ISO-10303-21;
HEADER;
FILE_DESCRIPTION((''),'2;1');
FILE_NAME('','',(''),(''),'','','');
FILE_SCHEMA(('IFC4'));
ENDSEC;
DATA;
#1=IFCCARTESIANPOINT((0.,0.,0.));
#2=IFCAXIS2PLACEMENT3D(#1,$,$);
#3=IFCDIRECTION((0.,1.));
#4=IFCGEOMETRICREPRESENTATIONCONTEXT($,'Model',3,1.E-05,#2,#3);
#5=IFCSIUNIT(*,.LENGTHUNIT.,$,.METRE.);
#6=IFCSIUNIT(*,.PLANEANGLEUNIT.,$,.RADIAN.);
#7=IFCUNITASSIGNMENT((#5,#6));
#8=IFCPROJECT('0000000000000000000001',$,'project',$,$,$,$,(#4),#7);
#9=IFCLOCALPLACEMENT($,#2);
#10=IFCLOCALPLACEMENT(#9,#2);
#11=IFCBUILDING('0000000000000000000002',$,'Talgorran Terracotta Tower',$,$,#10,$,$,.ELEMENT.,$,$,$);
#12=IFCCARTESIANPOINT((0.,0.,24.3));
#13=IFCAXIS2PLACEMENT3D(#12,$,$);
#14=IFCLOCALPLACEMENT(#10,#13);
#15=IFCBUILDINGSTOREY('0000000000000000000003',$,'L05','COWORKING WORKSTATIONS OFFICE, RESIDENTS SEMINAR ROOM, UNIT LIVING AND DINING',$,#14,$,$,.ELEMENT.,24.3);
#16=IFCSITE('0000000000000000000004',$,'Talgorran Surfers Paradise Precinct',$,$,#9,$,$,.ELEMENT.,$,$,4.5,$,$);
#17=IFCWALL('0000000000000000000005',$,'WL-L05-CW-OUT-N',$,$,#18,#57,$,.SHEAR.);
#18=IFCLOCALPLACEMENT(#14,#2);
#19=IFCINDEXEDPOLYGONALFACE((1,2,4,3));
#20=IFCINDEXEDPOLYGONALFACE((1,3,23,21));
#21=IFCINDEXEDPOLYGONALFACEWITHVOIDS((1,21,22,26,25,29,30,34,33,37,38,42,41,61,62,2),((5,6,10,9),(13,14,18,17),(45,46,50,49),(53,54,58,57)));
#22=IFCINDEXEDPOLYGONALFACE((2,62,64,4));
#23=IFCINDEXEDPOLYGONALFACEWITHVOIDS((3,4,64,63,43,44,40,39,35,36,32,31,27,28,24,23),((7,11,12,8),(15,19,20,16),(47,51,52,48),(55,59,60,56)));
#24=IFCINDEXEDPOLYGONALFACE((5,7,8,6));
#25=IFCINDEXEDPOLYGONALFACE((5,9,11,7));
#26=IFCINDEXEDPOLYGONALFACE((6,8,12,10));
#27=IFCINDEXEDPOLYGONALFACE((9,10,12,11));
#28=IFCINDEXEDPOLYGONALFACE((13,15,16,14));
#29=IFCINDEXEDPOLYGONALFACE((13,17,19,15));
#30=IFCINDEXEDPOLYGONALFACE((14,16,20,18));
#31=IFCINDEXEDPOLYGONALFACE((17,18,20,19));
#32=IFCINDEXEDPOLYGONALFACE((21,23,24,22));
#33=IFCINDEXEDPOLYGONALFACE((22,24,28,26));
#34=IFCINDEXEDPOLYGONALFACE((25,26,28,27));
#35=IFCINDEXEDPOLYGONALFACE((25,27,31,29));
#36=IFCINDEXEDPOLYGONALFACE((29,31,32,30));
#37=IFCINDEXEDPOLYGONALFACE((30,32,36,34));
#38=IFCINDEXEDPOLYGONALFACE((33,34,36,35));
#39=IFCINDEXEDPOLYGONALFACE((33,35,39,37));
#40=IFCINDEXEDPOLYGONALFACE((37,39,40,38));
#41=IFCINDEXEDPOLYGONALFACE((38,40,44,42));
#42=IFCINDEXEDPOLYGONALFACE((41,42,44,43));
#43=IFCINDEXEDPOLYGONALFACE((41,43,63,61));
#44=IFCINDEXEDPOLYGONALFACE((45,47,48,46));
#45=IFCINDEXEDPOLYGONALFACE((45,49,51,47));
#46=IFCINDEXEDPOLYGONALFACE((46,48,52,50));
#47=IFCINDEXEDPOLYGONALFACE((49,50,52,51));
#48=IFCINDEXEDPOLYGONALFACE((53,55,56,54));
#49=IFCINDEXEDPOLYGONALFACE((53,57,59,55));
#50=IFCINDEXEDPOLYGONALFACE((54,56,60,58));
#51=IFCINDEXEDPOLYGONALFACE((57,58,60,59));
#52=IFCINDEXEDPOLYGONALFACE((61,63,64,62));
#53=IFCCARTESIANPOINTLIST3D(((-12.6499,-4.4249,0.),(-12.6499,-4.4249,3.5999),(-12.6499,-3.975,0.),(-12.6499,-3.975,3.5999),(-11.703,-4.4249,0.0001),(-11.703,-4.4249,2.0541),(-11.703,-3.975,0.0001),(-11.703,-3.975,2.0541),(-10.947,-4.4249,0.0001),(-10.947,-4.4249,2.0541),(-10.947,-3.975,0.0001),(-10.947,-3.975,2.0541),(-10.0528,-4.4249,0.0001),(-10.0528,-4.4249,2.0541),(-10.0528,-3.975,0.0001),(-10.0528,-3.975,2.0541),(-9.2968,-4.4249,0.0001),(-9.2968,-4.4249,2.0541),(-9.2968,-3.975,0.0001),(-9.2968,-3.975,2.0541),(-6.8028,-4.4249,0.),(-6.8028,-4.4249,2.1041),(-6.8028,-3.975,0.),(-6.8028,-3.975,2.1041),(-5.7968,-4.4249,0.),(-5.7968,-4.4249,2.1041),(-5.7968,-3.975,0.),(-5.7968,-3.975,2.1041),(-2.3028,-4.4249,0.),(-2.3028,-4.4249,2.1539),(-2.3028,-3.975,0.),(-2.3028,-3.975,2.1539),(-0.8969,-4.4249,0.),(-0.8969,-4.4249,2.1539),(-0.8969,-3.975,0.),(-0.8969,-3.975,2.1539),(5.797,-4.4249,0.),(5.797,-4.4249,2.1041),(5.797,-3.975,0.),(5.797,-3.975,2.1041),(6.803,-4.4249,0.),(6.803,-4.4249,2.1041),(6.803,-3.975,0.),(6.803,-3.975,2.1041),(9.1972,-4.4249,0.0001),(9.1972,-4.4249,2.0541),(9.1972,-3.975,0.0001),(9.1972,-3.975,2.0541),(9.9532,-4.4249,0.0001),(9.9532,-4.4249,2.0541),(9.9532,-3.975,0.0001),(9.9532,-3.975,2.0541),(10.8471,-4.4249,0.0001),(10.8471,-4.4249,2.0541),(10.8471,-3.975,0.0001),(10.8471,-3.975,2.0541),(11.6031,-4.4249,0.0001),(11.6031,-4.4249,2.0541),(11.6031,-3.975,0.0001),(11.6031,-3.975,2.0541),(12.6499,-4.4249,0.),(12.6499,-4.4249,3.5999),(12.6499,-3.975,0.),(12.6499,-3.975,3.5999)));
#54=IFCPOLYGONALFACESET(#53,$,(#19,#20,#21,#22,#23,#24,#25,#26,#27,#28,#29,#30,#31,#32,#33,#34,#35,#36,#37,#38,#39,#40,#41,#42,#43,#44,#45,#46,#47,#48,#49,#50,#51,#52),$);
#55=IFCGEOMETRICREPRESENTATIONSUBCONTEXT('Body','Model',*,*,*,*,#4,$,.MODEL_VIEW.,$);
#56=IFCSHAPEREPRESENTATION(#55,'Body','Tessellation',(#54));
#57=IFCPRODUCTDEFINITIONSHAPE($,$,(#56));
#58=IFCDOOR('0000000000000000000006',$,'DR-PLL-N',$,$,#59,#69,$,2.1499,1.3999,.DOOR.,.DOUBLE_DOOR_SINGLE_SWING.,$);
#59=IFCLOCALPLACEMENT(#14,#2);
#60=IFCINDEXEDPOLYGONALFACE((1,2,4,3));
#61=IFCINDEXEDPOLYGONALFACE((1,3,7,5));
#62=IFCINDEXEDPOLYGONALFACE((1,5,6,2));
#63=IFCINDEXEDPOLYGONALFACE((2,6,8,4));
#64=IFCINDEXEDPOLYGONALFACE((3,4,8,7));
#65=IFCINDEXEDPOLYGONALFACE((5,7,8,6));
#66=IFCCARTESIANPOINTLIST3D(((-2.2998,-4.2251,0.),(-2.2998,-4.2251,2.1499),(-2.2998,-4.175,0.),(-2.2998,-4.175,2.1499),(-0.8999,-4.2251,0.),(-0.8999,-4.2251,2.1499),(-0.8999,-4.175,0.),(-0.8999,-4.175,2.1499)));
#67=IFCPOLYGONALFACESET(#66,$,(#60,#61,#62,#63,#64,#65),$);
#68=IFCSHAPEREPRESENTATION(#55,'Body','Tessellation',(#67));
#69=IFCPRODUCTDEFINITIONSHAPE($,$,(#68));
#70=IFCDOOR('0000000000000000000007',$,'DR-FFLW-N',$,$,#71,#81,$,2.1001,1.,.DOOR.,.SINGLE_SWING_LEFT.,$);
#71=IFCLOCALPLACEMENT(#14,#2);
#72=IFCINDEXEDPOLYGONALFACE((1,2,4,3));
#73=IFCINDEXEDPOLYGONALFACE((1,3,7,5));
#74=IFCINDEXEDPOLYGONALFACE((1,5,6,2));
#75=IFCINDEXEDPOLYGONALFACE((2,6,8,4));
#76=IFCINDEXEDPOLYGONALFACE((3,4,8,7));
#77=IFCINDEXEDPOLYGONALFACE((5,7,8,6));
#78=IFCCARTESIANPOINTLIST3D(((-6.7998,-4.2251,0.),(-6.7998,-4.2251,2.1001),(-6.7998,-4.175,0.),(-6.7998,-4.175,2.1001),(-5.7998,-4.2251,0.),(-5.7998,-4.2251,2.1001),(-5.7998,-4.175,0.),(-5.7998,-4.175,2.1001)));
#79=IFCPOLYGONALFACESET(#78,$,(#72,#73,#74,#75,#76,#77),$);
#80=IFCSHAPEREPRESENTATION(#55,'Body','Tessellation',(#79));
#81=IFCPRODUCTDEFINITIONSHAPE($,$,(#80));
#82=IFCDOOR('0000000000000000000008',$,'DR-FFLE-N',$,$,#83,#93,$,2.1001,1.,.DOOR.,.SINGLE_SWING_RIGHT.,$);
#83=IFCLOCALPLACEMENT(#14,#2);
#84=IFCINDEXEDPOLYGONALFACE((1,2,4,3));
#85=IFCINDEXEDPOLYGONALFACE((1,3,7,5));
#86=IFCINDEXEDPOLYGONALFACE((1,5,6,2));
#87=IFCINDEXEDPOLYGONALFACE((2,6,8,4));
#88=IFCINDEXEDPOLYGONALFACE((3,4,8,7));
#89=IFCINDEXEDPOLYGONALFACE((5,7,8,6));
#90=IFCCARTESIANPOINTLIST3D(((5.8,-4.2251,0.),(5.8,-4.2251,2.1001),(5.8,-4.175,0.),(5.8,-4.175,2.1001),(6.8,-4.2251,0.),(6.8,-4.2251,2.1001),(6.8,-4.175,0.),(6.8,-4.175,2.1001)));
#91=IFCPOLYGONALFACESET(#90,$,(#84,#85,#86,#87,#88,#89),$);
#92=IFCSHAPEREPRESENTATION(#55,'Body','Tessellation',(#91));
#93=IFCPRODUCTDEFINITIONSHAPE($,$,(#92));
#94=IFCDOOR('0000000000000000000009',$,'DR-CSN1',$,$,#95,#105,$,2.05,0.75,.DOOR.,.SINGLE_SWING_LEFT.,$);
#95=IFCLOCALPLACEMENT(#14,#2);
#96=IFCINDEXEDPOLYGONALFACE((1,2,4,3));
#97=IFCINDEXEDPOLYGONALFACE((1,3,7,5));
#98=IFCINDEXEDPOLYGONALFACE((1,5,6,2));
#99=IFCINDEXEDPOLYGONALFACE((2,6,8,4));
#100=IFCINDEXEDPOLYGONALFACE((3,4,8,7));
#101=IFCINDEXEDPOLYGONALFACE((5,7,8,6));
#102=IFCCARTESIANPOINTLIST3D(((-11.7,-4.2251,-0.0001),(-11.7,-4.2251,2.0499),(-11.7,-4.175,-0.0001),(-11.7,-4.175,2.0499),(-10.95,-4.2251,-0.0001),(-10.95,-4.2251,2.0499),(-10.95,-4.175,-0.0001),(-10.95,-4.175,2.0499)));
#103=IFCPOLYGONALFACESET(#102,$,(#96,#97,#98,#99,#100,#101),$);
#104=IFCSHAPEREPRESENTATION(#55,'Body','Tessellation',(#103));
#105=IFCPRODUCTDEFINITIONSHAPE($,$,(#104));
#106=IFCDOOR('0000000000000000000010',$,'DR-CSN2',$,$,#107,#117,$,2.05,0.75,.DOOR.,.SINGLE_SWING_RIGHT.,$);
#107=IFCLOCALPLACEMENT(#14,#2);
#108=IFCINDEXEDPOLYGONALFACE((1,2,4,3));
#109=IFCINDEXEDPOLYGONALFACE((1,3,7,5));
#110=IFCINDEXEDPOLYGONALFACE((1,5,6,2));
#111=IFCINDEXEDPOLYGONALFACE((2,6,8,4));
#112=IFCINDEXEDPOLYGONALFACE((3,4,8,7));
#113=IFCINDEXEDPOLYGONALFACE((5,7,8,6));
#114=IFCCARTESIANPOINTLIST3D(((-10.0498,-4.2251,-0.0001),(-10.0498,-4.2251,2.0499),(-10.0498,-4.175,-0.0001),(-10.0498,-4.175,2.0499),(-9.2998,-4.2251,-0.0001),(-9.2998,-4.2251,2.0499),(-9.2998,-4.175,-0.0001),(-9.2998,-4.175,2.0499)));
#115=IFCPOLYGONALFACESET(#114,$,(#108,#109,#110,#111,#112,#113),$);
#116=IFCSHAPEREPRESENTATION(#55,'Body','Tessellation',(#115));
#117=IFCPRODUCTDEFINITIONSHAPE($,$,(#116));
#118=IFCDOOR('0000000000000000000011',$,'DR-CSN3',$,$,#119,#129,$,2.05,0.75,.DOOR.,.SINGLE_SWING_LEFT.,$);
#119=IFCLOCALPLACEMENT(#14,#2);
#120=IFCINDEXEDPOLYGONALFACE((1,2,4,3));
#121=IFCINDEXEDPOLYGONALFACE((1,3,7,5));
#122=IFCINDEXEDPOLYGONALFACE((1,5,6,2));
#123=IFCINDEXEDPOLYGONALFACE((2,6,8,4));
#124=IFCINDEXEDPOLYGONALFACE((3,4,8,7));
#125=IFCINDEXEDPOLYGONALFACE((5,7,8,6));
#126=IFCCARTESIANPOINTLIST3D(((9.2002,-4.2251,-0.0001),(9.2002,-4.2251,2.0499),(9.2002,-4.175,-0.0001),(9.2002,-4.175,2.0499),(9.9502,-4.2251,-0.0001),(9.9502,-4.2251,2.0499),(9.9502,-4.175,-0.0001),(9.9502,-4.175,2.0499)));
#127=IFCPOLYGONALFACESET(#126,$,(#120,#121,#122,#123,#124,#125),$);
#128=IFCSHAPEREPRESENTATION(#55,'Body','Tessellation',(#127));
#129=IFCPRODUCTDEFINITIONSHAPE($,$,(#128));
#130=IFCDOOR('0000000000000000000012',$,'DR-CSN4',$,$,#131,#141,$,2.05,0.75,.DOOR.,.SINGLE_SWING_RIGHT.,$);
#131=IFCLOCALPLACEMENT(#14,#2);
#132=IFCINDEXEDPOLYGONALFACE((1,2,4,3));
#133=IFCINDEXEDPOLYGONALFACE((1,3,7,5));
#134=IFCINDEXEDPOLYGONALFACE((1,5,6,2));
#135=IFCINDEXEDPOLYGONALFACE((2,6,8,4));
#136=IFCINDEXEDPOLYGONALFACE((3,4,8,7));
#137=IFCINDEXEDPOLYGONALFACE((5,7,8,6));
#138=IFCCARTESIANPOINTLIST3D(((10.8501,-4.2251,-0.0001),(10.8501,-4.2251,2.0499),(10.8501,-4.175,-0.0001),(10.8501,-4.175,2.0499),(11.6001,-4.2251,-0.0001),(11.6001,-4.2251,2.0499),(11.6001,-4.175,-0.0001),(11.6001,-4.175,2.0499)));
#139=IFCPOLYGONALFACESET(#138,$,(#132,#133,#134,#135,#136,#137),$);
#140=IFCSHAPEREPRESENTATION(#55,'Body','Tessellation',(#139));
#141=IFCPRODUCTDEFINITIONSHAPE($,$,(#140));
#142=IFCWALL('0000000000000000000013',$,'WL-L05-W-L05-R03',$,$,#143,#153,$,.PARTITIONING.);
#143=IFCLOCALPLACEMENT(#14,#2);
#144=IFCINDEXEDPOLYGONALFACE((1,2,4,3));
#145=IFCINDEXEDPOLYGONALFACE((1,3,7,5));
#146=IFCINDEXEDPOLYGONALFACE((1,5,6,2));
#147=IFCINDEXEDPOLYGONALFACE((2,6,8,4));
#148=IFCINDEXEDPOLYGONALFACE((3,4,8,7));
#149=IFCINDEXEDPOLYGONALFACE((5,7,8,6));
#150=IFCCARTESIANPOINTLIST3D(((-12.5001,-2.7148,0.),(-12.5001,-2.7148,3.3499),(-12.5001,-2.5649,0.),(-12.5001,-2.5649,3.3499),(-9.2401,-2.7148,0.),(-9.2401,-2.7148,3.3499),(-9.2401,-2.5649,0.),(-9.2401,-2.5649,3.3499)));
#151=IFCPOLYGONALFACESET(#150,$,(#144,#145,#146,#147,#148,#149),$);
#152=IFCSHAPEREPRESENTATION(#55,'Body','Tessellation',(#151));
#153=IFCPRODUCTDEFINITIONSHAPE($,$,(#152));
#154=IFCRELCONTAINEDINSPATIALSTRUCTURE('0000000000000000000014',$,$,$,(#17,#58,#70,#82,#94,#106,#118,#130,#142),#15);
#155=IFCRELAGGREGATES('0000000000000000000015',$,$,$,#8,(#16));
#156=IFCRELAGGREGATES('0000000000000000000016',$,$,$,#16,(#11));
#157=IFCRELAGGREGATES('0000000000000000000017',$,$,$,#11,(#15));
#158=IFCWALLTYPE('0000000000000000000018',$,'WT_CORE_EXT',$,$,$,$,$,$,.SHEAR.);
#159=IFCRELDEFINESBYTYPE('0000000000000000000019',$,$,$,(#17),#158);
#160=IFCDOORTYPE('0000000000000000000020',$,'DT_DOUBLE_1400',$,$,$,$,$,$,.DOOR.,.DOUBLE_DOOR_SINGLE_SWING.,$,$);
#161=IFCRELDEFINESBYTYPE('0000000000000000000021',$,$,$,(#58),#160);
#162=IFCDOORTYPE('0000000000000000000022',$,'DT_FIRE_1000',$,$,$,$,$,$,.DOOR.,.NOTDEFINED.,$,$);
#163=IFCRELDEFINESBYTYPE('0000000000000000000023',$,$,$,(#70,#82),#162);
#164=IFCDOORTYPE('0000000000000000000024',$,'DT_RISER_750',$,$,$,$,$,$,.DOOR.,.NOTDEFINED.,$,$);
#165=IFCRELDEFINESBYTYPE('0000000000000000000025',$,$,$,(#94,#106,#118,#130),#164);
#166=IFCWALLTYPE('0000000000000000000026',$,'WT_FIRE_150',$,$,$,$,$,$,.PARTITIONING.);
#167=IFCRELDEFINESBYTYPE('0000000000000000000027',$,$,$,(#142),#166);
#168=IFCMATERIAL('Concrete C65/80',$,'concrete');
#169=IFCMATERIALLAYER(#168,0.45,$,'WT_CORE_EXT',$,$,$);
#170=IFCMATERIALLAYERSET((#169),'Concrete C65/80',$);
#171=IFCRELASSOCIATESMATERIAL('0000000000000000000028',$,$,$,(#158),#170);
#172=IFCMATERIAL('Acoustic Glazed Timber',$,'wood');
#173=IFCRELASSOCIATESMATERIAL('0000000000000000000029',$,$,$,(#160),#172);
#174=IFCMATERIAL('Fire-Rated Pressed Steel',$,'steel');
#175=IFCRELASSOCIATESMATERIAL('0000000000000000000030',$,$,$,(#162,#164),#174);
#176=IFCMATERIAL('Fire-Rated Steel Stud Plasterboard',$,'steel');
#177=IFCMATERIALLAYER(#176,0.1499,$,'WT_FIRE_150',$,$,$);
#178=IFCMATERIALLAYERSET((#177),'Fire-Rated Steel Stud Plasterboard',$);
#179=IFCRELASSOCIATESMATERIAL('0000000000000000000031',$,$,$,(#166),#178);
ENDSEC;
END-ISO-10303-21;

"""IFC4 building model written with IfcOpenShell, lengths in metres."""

from ifc_helpers import new_model, si_unit, direction, frame, frame_2d, origin, place, context, subcontext, project, spatial, rectangle, extrude, material, layer, layer_set, type_object, element, fill, save


model = new_model("IFC4")

# Units and contexts
model_context = context("Model", 3, precision=1e-05, world=origin(), true_north=direction((0.0, 1.0)))
body_context = subcontext(model_context, "Body", "Model", "MODEL_VIEW")
ifc_project = project(units=[si_unit("LENGTHUNIT", "METRE"), si_unit("PLANEANGLEUNIT", "RADIAN")], contexts=[model_context])

# Site, building, storey
site_placement = place(None, origin())
site = spatial("IfcSite", under=ifc_project, at=site_placement, Name="Talgorran Surfers Paradise Precinct", CompositionType="ELEMENT", RefElevation=4.5)
building_placement = place(site_placement, origin())
building = spatial("IfcBuilding", under=site, at=building_placement, Name="Talgorran Terracotta Tower", CompositionType="ELEMENT")
storey_placement = place(building_placement, frame((0.0, 0.0, 24.3)))
storey = spatial("IfcBuildingStorey", under=building, at=storey_placement, Name="L05", Description="COWORKING WORKSTATIONS OFFICE, RESIDENTS SEMINAR ROOM, UNIT LIVING AND DINING", CompositionType="ELEMENT", Elevation=24.3)

# Wall, openings, doors
ifc_material_1 = material(Name="Concrete C65/80", Category="concrete")
ifc_layer_1 = layer(ifc_material_1, 0.45, Name="WT_CORE_EXT")
ifc_layer_set_1 = layer_set([ifc_layer_1], Name="Concrete C65/80")
wall_type_1 = type_object("IfcWallType", Name="WT_CORE_EXT", PredefinedType="SHEAR", material=ifc_layer_set_1)
wall_1_placement = place(storey_placement, frame((-12.6499, -4.2, 0.0), z_axis=(0.0, 0.0, 1.0), x_axis=(1.0, 0.0, 0.0)))
wall_1 = element("IfcWall", 1, at=wall_1_placement, inside=storey, type_object=wall_type_1, Name="WL-L05-CW-OUT-N", PredefinedType="SHEAR", context=body_context, shape_type="SweptSolid", body=[
    extrude(rectangle(XDim=25.2998, YDim=0.45, at=frame_2d((12.6499, 0.0))), origin(), (0.0, 0.0, 1.0), 3.5999),
])
opening_1_placement = place(wall_1_placement, frame((0.95, 0.0, 0.0)))
opening_1 = element("IfcOpeningElement", 2, at=opening_1_placement, cuts=wall_1, PredefinedType="OPENING", context=body_context, shape_type="SweptSolid", body=[
    extrude(rectangle(XDim=0.756, YDim=2.054, at=frame_2d((0.375, 1.0271))), frame((0.0, 0.2349, 0.0), z_axis=(0.0, -1.0, 0.0), x_axis=(1.0, 0.0, 0.0)), (0.0, 0.0, 1.0), 0.47),
])
opening_2_placement = place(wall_1_placement, frame((2.6001, 0.0, 0.0)))
opening_2 = element("IfcOpeningElement", 3, at=opening_2_placement, cuts=wall_1, PredefinedType="OPENING", context=body_context, shape_type="SweptSolid", body=[
    extrude(rectangle(XDim=0.756, YDim=2.054, at=frame_2d((0.375, 1.0271))), frame((0.0, 0.2349, 0.0), z_axis=(0.0, -1.0, 0.0), x_axis=(1.0, 0.0, 0.0)), (0.0, 0.0, 1.0), 0.47),
])
opening_3_placement = place(wall_1_placement, frame((21.8501, 0.0, 0.0)))
opening_3 = element("IfcOpeningElement", 4, at=opening_3_placement, cuts=wall_1, PredefinedType="OPENING", context=body_context, shape_type="SweptSolid", body=[
    extrude(rectangle(XDim=0.756, YDim=2.054, at=frame_2d((0.375, 1.0271))), frame((0.0, 0.2349, 0.0), z_axis=(0.0, -1.0, 0.0), x_axis=(1.0, 0.0, 0.0)), (0.0, 0.0, 1.0), 0.47),
])
opening_4_placement = place(wall_1_placement, frame((23.5, 0.0, 0.0)))
opening_4 = element("IfcOpeningElement", 5, at=opening_4_placement, cuts=wall_1, PredefinedType="OPENING", context=body_context, shape_type="SweptSolid", body=[
    extrude(rectangle(XDim=0.756, YDim=2.054, at=frame_2d((0.375, 1.0271))), frame((0.0, 0.2349, 0.0), z_axis=(0.0, -1.0, 0.0), x_axis=(1.0, 0.0, 0.0)), (0.0, 0.0, 1.0), 0.47),
])
opening_5_placement = place(wall_1_placement, frame((5.8501, 0.0, 0.0)))
opening_5 = element("IfcOpeningElement", 6, at=opening_5_placement, cuts=wall_1, PredefinedType="OPENING", context=body_context, shape_type="SweptSolid", body=[
    extrude(rectangle(XDim=1.006, YDim=2.1041, at=frame_2d((0.5, 1.052))), frame((0.0, 0.2349, 0.0), z_axis=(0.0, -1.0, 0.0), x_axis=(1.0, 0.0, 0.0)), (0.0, 0.0, 1.0), 0.47),
])
opening_6_placement = place(wall_1_placement, frame((10.3501, 0.0, 0.0)))
opening_6 = element("IfcOpeningElement", 7, at=opening_6_placement, cuts=wall_1, PredefinedType="OPENING", context=body_context, shape_type="SweptSolid", body=[
    extrude(rectangle(XDim=1.4059, YDim=2.1539, at=frame_2d((0.7, 1.0769))), frame((0.0, 0.2349, 0.0), z_axis=(0.0, -1.0, 0.0), x_axis=(1.0, 0.0, 0.0)), (0.0, 0.0, 1.0), 0.47),
])
opening_7_placement = place(wall_1_placement, frame((18.45, 0.0, 0.0)))
opening_7 = element("IfcOpeningElement", 8, at=opening_7_placement, cuts=wall_1, PredefinedType="OPENING", context=body_context, shape_type="SweptSolid", body=[
    extrude(rectangle(XDim=1.006, YDim=2.1041, at=frame_2d((0.5, 1.052))), frame((0.0, 0.2349, 0.0), z_axis=(0.0, -1.0, 0.0), x_axis=(1.0, 0.0, 0.0)), (0.0, 0.0, 1.0), 0.47),
])
ifc_material_2 = material(Name="Acoustic Glazed Timber", Category="wood")
door_type_1 = type_object("IfcDoorType", Name="DT_DOUBLE_1400", OperationType="DOUBLE_DOOR_SINGLE_SWING", PredefinedType="DOOR", material=ifc_material_2)
door_1_placement = place(opening_6_placement, origin())
door_1 = element("IfcDoor", 9, at=door_1_placement, inside=storey, type_object=door_type_1, Name="DR-PLL-N", OperationType="DOUBLE_DOOR_SINGLE_SWING", OverallHeight=2.1499, OverallWidth=1.3999, PredefinedType="DOOR", context=body_context, shape_type="SweptSolid", body=[
    extrude(rectangle(XDim=1.3999, YDim=2.1499, at=frame_2d((0.7, 1.075))), frame((0.0, 0.0249, 0.0), z_axis=(0.0, -1.0, 0.0), x_axis=(1.0, 0.0, 0.0)), (0.0, 0.0, 1.0), 0.05),
])
fill(opening_6, door_1)
ifc_material_3 = material(Name="Fire-Rated Pressed Steel", Category="steel")
door_type_2 = type_object("IfcDoorType", Name="DT_FIRE_1000", OperationType="NOTDEFINED", PredefinedType="DOOR", material=ifc_material_3)
door_2_placement = place(opening_5_placement, origin())
door_2 = element("IfcDoor", 10, at=door_2_placement, inside=storey, type_object=door_type_2, Name="DR-FFLW-N", OperationType="SINGLE_SWING_LEFT", OverallHeight=2.1001, OverallWidth=1.0, PredefinedType="DOOR", context=body_context, shape_type="SweptSolid", body=[
    extrude(rectangle(XDim=1.0, YDim=2.1001, at=frame_2d((0.5, 1.05))), frame((0.0, 0.0249, 0.0), z_axis=(0.0, -1.0, 0.0), x_axis=(1.0, 0.0, 0.0)), (0.0, 0.0, 1.0), 0.05),
])
fill(opening_5, door_2)
door_3_placement = place(opening_7_placement, origin())
door_3 = element("IfcDoor", 11, at=door_3_placement, inside=storey, type_object=door_type_2, Name="DR-FFLE-N", OperationType="SINGLE_SWING_RIGHT", OverallHeight=2.1001, OverallWidth=1.0, PredefinedType="DOOR", context=body_context, shape_type="SweptSolid", body=[
    extrude(rectangle(XDim=1.0, YDim=2.1001, at=frame_2d((0.5, 1.05))), frame((0.0, 0.0249, 0.0), z_axis=(0.0, -1.0, 0.0), x_axis=(1.0, 0.0, 0.0)), (0.0, 0.0, 1.0), 0.05),
])
fill(opening_7, door_3)
door_type_3 = type_object("IfcDoorType", Name="DT_RISER_750", OperationType="NOTDEFINED", PredefinedType="DOOR", material=ifc_material_3)
door_4_placement = place(opening_1_placement, origin())
door_4 = element("IfcDoor", 12, at=door_4_placement, inside=storey, type_object=door_type_3, Name="DR-CSN1", OperationType="SINGLE_SWING_LEFT", OverallHeight=2.05, OverallWidth=0.75, PredefinedType="DOOR", context=body_context, shape_type="SweptSolid", body=[
    extrude(rectangle(XDim=0.75, YDim=2.05, at=frame_2d((0.375, 1.0249))), frame((0.0, 0.0249, 0.0), z_axis=(0.0, -1.0, 0.0), x_axis=(1.0, 0.0, 0.0)), (0.0, 0.0, 1.0), 0.05),
])
fill(opening_1, door_4)
door_5_placement = place(opening_2_placement, origin())
door_5 = element("IfcDoor", 13, at=door_5_placement, inside=storey, type_object=door_type_3, Name="DR-CSN2", OperationType="SINGLE_SWING_RIGHT", OverallHeight=2.05, OverallWidth=0.75, PredefinedType="DOOR", context=body_context, shape_type="SweptSolid", body=[
    extrude(rectangle(XDim=0.75, YDim=2.05, at=frame_2d((0.375, 1.0249))), frame((0.0, 0.0249, 0.0), z_axis=(0.0, -1.0, 0.0), x_axis=(1.0, 0.0, 0.0)), (0.0, 0.0, 1.0), 0.05),
])
fill(opening_2, door_5)
door_6_placement = place(opening_3_placement, origin())
door_6 = element("IfcDoor", 14, at=door_6_placement, inside=storey, type_object=door_type_3, Name="DR-CSN3", OperationType="SINGLE_SWING_LEFT", OverallHeight=2.05, OverallWidth=0.75, PredefinedType="DOOR", context=body_context, shape_type="SweptSolid", body=[
    extrude(rectangle(XDim=0.75, YDim=2.05, at=frame_2d((0.375, 1.0249))), frame((0.0, 0.0249, 0.0), z_axis=(0.0, -1.0, 0.0), x_axis=(1.0, 0.0, 0.0)), (0.0, 0.0, 1.0), 0.05),
])
fill(opening_3, door_6)
door_7_placement = place(opening_4_placement, origin())
door_7 = element("IfcDoor", 15, at=door_7_placement, inside=storey, type_object=door_type_3, Name="DR-CSN4", OperationType="SINGLE_SWING_RIGHT", OverallHeight=2.05, OverallWidth=0.75, PredefinedType="DOOR", context=body_context, shape_type="SweptSolid", body=[
    extrude(rectangle(XDim=0.75, YDim=2.05, at=frame_2d((0.375, 1.0249))), frame((0.0, 0.0249, 0.0), z_axis=(0.0, -1.0, 0.0), x_axis=(1.0, 0.0, 0.0)), (0.0, 0.0, 1.0), 0.05),
])
fill(opening_4, door_7)

# Wall
ifc_material_4 = material(Name="Fire-Rated Steel Stud Plasterboard", Category="steel")
ifc_layer_2 = layer(ifc_material_4, 0.1499, Name="WT_FIRE_150")
ifc_layer_set_2 = layer_set([ifc_layer_2], Name="Fire-Rated Steel Stud Plasterboard")
wall_type_2 = type_object("IfcWallType", Name="WT_FIRE_150", PredefinedType="PARTITIONING", material=ifc_layer_set_2)
wall_2_placement = place(storey_placement, frame((-12.5, -2.6399, 0.0), z_axis=(0.0, 0.0, 1.0), x_axis=(1.0, 0.0, 0.0)))
element("IfcWall", 16, at=wall_2_placement, inside=storey, type_object=wall_type_2, Name="WL-L05-W-L05-R03", PredefinedType="PARTITIONING", context=body_context, shape_type="SweptSolid", body=[
    extrude(rectangle(XDim=3.26, YDim=0.1499, at=frame_2d((1.6299, 0.0))), origin(), (0.0, 0.0, 1.0), 3.3499),
])

save(model, "model.ifc")
